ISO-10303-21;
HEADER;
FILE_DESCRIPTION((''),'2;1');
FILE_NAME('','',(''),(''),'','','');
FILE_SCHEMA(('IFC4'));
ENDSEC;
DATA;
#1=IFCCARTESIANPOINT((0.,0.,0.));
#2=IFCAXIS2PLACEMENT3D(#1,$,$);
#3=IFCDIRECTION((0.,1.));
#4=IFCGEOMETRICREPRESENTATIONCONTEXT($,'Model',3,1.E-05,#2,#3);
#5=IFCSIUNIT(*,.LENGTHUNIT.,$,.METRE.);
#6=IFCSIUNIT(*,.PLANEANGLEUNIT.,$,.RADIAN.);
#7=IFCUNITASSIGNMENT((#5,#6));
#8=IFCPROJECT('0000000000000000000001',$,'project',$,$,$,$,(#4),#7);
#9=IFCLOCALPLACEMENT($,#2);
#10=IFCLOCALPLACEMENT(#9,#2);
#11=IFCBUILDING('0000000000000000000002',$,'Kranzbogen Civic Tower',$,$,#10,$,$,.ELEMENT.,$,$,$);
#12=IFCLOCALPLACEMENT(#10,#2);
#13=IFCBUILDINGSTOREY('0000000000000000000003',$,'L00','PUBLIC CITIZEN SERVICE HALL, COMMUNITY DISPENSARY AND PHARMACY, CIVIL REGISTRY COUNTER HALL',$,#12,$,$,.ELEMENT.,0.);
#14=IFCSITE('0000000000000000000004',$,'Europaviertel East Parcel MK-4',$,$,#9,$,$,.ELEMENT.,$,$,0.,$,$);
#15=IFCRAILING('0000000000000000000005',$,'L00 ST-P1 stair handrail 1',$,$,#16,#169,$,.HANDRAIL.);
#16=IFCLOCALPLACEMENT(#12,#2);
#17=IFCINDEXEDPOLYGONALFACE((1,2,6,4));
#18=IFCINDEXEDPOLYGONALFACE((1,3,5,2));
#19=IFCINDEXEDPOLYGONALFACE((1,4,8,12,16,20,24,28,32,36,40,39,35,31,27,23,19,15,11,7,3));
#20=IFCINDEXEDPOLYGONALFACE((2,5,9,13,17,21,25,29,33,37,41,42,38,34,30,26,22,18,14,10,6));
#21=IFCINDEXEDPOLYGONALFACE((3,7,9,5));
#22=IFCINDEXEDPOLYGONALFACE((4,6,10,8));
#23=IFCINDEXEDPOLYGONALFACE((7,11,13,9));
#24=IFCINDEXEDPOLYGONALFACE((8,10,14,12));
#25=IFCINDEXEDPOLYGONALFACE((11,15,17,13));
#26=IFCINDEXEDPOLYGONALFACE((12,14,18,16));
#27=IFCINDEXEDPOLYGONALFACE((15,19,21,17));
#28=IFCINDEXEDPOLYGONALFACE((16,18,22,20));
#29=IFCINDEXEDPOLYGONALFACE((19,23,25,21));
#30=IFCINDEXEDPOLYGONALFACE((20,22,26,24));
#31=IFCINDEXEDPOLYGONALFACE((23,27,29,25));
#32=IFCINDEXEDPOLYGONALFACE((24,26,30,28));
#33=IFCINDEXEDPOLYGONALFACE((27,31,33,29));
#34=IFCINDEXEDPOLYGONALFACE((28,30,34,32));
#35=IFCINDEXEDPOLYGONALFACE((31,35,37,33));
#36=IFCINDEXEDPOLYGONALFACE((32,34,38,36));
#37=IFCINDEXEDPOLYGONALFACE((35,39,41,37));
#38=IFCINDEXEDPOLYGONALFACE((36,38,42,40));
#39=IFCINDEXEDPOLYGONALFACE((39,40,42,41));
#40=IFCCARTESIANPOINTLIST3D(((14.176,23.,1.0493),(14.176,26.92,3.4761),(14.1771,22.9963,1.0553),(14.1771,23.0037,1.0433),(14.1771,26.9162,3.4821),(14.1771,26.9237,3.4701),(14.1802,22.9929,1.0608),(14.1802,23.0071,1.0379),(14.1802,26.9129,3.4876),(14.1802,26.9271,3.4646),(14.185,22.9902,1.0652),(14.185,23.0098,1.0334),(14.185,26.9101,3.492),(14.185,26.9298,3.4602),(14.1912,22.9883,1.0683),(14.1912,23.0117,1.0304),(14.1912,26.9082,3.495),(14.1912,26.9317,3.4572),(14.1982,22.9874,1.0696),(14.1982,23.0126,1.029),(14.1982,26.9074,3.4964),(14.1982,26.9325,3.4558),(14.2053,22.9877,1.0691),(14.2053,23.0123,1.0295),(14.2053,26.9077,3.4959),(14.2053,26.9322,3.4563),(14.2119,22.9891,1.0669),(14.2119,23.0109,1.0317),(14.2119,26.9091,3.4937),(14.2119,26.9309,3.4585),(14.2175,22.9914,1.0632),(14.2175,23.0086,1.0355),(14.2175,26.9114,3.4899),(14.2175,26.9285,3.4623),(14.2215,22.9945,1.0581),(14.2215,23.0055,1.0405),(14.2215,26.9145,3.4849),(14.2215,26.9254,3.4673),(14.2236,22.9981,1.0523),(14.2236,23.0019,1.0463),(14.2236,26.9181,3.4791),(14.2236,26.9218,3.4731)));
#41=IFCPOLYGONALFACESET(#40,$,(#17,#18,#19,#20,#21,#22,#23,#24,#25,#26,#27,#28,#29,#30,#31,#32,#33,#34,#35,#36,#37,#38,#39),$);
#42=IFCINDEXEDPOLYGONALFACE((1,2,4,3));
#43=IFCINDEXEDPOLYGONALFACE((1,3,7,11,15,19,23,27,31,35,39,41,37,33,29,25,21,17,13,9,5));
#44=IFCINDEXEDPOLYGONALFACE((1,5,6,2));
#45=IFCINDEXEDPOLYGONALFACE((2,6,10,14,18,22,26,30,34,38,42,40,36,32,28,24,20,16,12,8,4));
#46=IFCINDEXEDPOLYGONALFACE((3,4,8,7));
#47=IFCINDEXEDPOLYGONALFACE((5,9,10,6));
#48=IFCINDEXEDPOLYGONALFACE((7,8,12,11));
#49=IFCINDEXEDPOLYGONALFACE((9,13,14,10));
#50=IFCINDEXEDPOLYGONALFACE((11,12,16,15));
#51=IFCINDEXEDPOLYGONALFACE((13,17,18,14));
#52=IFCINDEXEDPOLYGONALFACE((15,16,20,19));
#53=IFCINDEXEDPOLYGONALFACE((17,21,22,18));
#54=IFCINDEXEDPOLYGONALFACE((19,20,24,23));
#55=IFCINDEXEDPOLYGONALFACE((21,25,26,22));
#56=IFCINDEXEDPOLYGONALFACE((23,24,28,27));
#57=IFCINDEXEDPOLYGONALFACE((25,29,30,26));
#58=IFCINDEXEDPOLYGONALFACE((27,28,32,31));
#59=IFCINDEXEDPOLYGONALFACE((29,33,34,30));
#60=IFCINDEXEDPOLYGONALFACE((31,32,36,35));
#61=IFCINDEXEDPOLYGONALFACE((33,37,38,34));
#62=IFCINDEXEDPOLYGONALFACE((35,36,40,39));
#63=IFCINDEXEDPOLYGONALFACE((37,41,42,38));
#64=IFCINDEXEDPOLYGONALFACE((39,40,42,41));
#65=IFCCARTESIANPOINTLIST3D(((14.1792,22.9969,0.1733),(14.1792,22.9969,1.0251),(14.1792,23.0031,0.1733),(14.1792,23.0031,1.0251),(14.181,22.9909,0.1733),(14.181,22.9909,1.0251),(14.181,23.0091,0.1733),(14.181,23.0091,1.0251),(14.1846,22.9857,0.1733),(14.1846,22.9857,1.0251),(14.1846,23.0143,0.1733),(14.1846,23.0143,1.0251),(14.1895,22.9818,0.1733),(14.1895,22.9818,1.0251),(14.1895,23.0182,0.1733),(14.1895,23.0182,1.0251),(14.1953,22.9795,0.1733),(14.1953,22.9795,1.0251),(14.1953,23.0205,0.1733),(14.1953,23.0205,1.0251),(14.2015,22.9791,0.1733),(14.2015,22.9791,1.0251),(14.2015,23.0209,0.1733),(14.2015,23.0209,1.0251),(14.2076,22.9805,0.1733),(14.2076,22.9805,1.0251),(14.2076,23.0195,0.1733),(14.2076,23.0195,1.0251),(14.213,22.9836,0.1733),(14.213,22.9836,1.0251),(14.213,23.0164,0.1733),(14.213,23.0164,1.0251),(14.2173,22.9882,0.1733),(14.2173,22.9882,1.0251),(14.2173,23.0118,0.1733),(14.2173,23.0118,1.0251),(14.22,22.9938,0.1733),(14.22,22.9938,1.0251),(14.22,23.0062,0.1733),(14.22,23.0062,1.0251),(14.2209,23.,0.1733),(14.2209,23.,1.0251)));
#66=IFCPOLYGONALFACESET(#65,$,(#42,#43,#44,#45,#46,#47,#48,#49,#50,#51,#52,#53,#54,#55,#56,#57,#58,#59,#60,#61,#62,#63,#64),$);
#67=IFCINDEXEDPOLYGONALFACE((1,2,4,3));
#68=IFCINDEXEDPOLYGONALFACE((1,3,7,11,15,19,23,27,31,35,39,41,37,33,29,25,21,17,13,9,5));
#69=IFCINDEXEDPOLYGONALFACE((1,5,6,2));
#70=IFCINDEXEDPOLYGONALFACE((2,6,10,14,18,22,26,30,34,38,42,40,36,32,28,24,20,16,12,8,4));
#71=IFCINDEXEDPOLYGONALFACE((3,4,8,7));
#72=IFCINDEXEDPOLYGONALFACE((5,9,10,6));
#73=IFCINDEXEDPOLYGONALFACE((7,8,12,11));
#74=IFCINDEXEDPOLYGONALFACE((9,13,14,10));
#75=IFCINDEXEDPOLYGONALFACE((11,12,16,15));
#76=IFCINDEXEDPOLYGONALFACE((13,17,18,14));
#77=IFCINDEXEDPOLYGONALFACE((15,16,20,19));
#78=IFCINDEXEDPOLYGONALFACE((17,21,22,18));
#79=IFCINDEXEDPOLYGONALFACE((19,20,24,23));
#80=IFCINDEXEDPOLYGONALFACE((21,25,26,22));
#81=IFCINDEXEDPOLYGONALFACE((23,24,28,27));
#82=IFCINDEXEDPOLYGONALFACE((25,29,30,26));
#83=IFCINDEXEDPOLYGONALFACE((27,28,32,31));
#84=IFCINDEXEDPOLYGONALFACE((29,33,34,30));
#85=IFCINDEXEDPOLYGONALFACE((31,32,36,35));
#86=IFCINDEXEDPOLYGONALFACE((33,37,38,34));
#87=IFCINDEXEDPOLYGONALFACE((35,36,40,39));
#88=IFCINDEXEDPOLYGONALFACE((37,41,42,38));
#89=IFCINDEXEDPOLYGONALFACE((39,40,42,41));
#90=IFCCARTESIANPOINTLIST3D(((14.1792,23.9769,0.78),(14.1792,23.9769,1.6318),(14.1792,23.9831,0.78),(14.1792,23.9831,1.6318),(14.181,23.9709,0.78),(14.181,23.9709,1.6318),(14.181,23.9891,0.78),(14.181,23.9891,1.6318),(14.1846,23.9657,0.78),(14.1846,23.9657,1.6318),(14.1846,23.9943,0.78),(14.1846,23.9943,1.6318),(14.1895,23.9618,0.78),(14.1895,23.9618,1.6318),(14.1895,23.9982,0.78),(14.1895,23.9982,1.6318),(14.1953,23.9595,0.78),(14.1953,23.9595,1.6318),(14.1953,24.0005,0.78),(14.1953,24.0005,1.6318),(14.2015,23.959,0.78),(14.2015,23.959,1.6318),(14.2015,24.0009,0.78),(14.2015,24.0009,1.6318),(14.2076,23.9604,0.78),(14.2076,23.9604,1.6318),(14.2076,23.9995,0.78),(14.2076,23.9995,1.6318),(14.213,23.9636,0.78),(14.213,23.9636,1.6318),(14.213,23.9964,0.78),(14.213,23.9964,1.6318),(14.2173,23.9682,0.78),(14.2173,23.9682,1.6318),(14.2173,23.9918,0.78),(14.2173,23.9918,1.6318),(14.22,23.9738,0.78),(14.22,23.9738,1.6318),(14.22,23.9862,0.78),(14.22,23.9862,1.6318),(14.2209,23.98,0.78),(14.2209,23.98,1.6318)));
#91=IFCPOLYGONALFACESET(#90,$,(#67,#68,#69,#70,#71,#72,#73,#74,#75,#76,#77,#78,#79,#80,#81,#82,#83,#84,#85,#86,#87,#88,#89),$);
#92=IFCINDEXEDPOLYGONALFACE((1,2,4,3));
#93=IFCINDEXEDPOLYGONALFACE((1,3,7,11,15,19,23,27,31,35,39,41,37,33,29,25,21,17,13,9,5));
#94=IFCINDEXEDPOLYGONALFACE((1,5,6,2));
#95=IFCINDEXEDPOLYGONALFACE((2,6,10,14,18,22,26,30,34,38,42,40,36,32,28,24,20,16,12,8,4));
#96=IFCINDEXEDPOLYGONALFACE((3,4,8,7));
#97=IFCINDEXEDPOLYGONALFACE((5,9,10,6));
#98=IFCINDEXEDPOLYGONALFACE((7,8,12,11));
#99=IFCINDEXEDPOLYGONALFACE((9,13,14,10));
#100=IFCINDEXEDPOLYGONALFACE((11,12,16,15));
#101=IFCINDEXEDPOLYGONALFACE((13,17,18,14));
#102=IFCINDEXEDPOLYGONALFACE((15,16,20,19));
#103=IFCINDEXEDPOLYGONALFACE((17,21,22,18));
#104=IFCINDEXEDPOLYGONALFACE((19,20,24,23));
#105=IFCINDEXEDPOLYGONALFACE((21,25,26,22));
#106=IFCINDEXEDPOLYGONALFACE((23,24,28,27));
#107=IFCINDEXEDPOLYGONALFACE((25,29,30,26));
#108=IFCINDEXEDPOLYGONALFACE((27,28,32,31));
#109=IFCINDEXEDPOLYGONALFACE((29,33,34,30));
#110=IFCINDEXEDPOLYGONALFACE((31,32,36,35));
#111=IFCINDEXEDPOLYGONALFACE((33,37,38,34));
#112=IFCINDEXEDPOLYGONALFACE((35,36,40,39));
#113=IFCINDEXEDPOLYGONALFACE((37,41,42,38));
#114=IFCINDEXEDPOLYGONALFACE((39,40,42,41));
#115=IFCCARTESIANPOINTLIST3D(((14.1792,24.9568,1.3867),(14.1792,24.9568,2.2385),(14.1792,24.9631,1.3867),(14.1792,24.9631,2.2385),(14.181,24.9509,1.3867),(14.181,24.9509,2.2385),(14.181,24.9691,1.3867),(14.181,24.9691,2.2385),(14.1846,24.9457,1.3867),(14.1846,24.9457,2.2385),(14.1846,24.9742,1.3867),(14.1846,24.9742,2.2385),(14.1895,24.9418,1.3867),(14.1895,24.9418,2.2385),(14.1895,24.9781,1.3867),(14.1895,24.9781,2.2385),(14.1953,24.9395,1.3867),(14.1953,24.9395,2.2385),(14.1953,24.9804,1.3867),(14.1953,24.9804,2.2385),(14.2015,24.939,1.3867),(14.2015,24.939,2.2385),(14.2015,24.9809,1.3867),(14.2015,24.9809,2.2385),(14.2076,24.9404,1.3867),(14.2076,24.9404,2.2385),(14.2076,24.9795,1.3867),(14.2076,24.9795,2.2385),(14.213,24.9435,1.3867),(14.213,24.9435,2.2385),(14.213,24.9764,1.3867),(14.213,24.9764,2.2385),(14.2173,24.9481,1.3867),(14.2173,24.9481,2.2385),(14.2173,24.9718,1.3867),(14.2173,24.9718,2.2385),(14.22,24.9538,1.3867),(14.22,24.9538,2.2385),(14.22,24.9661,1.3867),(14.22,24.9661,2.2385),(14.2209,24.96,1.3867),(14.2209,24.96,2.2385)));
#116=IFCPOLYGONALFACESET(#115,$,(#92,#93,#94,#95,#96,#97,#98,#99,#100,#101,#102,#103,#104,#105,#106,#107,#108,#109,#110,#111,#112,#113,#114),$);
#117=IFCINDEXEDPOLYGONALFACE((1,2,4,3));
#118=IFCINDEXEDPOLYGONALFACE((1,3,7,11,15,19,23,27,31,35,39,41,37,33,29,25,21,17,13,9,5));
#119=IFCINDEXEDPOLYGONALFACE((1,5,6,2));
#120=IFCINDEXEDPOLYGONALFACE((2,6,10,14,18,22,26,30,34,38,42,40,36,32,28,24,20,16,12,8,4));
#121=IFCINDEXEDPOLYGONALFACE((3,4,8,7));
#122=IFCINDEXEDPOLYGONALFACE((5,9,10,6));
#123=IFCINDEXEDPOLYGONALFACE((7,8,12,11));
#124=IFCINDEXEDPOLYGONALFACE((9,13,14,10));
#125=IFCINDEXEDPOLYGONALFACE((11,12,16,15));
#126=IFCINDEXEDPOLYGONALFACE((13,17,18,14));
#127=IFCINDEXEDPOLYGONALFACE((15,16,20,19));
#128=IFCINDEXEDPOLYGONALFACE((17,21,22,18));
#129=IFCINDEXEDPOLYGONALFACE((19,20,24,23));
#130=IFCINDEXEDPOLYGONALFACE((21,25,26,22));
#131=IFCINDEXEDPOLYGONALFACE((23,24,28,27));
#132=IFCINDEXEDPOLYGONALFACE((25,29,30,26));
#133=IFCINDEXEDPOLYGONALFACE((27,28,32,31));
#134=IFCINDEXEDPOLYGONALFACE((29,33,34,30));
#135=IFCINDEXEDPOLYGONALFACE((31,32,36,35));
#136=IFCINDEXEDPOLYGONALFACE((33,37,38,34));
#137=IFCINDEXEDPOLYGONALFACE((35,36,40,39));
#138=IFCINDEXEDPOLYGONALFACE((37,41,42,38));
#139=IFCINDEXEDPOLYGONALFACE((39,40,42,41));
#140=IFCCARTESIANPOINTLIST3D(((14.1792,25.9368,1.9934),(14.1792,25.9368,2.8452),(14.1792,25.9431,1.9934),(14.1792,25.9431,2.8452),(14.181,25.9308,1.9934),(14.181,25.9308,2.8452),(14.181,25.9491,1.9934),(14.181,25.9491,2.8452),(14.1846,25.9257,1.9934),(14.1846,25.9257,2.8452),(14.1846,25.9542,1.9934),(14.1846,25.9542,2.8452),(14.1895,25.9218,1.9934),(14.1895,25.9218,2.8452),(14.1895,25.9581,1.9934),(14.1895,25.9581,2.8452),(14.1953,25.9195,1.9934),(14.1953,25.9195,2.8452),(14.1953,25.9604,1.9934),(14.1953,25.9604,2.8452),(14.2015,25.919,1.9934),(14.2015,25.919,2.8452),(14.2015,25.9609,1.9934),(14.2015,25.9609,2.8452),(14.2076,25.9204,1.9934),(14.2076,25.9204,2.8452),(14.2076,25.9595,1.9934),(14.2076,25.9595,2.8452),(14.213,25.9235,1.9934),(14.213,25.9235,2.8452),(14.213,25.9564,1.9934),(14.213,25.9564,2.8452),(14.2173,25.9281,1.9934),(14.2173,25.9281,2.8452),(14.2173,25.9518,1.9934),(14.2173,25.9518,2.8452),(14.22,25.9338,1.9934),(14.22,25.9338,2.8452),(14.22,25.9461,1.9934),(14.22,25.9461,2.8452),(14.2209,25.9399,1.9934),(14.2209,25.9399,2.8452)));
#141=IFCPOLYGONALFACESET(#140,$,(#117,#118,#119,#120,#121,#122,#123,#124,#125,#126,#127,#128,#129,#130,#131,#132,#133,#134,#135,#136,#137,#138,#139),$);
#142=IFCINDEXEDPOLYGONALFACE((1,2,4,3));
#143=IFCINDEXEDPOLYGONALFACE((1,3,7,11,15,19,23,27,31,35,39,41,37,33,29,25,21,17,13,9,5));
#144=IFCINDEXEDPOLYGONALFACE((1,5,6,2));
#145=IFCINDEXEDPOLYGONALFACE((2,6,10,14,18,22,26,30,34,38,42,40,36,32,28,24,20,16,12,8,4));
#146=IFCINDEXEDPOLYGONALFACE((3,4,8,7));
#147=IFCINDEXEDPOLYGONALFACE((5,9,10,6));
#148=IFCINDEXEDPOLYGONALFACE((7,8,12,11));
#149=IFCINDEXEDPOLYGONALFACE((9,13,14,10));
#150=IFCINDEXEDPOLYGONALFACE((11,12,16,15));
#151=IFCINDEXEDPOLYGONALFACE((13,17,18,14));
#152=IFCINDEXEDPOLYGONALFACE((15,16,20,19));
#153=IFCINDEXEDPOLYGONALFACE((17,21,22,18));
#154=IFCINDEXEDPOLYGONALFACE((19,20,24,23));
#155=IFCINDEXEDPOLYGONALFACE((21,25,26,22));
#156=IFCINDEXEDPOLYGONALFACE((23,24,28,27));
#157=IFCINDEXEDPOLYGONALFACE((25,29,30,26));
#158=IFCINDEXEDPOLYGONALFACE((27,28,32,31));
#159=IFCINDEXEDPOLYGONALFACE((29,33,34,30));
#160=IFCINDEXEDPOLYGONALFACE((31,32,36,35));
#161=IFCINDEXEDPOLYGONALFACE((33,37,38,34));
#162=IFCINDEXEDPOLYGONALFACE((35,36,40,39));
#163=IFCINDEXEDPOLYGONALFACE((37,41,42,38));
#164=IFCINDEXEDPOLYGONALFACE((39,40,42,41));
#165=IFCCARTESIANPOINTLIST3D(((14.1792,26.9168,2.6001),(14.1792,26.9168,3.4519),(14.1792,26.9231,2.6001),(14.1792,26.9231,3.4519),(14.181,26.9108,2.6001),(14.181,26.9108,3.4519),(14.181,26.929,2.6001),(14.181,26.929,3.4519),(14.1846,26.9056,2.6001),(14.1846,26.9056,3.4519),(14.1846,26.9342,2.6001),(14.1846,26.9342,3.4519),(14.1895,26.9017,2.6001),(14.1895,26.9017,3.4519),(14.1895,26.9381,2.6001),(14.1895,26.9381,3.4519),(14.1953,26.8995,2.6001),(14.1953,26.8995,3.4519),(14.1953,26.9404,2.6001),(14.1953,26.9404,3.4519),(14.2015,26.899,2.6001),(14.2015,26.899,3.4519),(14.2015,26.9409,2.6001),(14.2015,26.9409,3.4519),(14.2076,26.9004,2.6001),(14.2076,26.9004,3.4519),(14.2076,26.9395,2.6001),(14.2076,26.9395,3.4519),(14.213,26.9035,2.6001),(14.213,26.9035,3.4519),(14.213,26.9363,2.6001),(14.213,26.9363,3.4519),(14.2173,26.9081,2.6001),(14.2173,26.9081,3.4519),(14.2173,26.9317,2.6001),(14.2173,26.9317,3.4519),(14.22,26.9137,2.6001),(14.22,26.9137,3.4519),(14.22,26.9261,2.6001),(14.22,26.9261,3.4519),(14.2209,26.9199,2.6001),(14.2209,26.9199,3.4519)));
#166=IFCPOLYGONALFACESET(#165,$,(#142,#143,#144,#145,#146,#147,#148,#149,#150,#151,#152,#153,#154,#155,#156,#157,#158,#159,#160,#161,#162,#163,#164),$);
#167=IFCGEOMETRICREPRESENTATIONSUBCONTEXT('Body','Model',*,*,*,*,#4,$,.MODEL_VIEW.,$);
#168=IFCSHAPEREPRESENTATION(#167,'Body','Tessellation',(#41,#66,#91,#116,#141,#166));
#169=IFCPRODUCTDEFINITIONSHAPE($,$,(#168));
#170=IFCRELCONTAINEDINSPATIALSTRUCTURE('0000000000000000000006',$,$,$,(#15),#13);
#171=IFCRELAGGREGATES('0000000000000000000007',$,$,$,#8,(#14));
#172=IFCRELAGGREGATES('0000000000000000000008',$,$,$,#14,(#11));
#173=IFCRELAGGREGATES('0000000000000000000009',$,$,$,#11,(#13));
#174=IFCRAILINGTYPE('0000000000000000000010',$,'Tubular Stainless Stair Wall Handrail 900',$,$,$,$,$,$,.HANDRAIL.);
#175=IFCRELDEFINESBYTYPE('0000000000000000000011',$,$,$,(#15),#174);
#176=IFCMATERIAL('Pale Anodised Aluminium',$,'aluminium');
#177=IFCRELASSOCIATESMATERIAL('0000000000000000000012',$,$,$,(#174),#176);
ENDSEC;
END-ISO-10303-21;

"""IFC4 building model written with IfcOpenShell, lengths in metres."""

from ifc_helpers import new_model, si_unit, direction, frame, origin, origin_2d, place, context, subcontext, project, spatial, circle, extrude, material, type_object, element, save


model = new_model("IFC4")

# Units and contexts
model_context = context("Model", 3, precision=1e-05, world=origin(), true_north=direction((0.0, 1.0)))
body_context = subcontext(model_context, "Body", "Model", "MODEL_VIEW")
ifc_project = project(units=[si_unit("LENGTHUNIT", "METRE"), si_unit("PLANEANGLEUNIT", "RADIAN")], contexts=[model_context])

# Site, building, storey
site_placement = place(None, origin())
site = spatial("IfcSite", under=ifc_project, at=site_placement, Name="Europaviertel East Parcel MK-4", CompositionType="ELEMENT", RefElevation=0.0)
building_placement = place(site_placement, origin())
building = spatial("IfcBuilding", under=site, at=building_placement, Name="Kranzbogen Civic Tower", CompositionType="ELEMENT")
storey_placement = place(building_placement, origin())
storey = spatial("IfcBuildingStorey", under=building, at=storey_placement, Name="L00", Description="PUBLIC CITIZEN SERVICE HALL, COMMUNITY DISPENSARY AND PHARMACY, CIVIL REGISTRY COUNTER HALL", CompositionType="ELEMENT", Elevation=0.0)

# Shared definitions
ifc_material_1 = material(Name="Pale Anodised Aluminium", Category="aluminium")

# Railing
railing_type_1 = type_object("IfcRailingType", Name="Tubular Stainless Stair Wall Handrail 900", PredefinedType="HANDRAIL", material=ifc_material_1)
for number, where, name in (
    (1, (14.2, 23.0, 0.1733), "L00 ST-P1 stair handrail 1"),
):
    element("IfcRailing", number, at=place(storey_placement, frame(where)), inside=storey, type_object=railing_type_1, Name=name, PredefinedType="HANDRAIL", context=body_context, shape_type="SweptSolid", body=[
        extrude(circle(Radius=0.0239, at=origin_2d()), frame((0.0, 0.0, 0.876), z_axis=(0.0, 0.850252, 0.526376), x_axis=(-1.0, 0.0, 0.0)), (0.0, 0.0, 1.0), 4.6104),
        extrude(circle(Radius=0.021, at=origin_2d()), origin(), (0.0, 0.0, 1.0), 0.8518),
        extrude(circle(Radius=0.021, at=origin_2d()), frame((0.0, 0.98, 0.6067)), (0.0, 0.0, 1.0), 0.8518),
        extrude(circle(Radius=0.021, at=origin_2d()), frame((0.0, 1.96, 1.2134)), (0.0, 0.0, 1.0), 0.8518),
        extrude(circle(Radius=0.021, at=origin_2d()), frame((0.0, 2.9399, 1.8201)), (0.0, 0.0, 1.0), 0.8518),
        extrude(circle(Radius=0.021, at=origin_2d()), frame((0.0, 3.9199, 2.4268)), (0.0, 0.0, 1.0), 0.8518),
    ])

save(model, "model.ifc")
